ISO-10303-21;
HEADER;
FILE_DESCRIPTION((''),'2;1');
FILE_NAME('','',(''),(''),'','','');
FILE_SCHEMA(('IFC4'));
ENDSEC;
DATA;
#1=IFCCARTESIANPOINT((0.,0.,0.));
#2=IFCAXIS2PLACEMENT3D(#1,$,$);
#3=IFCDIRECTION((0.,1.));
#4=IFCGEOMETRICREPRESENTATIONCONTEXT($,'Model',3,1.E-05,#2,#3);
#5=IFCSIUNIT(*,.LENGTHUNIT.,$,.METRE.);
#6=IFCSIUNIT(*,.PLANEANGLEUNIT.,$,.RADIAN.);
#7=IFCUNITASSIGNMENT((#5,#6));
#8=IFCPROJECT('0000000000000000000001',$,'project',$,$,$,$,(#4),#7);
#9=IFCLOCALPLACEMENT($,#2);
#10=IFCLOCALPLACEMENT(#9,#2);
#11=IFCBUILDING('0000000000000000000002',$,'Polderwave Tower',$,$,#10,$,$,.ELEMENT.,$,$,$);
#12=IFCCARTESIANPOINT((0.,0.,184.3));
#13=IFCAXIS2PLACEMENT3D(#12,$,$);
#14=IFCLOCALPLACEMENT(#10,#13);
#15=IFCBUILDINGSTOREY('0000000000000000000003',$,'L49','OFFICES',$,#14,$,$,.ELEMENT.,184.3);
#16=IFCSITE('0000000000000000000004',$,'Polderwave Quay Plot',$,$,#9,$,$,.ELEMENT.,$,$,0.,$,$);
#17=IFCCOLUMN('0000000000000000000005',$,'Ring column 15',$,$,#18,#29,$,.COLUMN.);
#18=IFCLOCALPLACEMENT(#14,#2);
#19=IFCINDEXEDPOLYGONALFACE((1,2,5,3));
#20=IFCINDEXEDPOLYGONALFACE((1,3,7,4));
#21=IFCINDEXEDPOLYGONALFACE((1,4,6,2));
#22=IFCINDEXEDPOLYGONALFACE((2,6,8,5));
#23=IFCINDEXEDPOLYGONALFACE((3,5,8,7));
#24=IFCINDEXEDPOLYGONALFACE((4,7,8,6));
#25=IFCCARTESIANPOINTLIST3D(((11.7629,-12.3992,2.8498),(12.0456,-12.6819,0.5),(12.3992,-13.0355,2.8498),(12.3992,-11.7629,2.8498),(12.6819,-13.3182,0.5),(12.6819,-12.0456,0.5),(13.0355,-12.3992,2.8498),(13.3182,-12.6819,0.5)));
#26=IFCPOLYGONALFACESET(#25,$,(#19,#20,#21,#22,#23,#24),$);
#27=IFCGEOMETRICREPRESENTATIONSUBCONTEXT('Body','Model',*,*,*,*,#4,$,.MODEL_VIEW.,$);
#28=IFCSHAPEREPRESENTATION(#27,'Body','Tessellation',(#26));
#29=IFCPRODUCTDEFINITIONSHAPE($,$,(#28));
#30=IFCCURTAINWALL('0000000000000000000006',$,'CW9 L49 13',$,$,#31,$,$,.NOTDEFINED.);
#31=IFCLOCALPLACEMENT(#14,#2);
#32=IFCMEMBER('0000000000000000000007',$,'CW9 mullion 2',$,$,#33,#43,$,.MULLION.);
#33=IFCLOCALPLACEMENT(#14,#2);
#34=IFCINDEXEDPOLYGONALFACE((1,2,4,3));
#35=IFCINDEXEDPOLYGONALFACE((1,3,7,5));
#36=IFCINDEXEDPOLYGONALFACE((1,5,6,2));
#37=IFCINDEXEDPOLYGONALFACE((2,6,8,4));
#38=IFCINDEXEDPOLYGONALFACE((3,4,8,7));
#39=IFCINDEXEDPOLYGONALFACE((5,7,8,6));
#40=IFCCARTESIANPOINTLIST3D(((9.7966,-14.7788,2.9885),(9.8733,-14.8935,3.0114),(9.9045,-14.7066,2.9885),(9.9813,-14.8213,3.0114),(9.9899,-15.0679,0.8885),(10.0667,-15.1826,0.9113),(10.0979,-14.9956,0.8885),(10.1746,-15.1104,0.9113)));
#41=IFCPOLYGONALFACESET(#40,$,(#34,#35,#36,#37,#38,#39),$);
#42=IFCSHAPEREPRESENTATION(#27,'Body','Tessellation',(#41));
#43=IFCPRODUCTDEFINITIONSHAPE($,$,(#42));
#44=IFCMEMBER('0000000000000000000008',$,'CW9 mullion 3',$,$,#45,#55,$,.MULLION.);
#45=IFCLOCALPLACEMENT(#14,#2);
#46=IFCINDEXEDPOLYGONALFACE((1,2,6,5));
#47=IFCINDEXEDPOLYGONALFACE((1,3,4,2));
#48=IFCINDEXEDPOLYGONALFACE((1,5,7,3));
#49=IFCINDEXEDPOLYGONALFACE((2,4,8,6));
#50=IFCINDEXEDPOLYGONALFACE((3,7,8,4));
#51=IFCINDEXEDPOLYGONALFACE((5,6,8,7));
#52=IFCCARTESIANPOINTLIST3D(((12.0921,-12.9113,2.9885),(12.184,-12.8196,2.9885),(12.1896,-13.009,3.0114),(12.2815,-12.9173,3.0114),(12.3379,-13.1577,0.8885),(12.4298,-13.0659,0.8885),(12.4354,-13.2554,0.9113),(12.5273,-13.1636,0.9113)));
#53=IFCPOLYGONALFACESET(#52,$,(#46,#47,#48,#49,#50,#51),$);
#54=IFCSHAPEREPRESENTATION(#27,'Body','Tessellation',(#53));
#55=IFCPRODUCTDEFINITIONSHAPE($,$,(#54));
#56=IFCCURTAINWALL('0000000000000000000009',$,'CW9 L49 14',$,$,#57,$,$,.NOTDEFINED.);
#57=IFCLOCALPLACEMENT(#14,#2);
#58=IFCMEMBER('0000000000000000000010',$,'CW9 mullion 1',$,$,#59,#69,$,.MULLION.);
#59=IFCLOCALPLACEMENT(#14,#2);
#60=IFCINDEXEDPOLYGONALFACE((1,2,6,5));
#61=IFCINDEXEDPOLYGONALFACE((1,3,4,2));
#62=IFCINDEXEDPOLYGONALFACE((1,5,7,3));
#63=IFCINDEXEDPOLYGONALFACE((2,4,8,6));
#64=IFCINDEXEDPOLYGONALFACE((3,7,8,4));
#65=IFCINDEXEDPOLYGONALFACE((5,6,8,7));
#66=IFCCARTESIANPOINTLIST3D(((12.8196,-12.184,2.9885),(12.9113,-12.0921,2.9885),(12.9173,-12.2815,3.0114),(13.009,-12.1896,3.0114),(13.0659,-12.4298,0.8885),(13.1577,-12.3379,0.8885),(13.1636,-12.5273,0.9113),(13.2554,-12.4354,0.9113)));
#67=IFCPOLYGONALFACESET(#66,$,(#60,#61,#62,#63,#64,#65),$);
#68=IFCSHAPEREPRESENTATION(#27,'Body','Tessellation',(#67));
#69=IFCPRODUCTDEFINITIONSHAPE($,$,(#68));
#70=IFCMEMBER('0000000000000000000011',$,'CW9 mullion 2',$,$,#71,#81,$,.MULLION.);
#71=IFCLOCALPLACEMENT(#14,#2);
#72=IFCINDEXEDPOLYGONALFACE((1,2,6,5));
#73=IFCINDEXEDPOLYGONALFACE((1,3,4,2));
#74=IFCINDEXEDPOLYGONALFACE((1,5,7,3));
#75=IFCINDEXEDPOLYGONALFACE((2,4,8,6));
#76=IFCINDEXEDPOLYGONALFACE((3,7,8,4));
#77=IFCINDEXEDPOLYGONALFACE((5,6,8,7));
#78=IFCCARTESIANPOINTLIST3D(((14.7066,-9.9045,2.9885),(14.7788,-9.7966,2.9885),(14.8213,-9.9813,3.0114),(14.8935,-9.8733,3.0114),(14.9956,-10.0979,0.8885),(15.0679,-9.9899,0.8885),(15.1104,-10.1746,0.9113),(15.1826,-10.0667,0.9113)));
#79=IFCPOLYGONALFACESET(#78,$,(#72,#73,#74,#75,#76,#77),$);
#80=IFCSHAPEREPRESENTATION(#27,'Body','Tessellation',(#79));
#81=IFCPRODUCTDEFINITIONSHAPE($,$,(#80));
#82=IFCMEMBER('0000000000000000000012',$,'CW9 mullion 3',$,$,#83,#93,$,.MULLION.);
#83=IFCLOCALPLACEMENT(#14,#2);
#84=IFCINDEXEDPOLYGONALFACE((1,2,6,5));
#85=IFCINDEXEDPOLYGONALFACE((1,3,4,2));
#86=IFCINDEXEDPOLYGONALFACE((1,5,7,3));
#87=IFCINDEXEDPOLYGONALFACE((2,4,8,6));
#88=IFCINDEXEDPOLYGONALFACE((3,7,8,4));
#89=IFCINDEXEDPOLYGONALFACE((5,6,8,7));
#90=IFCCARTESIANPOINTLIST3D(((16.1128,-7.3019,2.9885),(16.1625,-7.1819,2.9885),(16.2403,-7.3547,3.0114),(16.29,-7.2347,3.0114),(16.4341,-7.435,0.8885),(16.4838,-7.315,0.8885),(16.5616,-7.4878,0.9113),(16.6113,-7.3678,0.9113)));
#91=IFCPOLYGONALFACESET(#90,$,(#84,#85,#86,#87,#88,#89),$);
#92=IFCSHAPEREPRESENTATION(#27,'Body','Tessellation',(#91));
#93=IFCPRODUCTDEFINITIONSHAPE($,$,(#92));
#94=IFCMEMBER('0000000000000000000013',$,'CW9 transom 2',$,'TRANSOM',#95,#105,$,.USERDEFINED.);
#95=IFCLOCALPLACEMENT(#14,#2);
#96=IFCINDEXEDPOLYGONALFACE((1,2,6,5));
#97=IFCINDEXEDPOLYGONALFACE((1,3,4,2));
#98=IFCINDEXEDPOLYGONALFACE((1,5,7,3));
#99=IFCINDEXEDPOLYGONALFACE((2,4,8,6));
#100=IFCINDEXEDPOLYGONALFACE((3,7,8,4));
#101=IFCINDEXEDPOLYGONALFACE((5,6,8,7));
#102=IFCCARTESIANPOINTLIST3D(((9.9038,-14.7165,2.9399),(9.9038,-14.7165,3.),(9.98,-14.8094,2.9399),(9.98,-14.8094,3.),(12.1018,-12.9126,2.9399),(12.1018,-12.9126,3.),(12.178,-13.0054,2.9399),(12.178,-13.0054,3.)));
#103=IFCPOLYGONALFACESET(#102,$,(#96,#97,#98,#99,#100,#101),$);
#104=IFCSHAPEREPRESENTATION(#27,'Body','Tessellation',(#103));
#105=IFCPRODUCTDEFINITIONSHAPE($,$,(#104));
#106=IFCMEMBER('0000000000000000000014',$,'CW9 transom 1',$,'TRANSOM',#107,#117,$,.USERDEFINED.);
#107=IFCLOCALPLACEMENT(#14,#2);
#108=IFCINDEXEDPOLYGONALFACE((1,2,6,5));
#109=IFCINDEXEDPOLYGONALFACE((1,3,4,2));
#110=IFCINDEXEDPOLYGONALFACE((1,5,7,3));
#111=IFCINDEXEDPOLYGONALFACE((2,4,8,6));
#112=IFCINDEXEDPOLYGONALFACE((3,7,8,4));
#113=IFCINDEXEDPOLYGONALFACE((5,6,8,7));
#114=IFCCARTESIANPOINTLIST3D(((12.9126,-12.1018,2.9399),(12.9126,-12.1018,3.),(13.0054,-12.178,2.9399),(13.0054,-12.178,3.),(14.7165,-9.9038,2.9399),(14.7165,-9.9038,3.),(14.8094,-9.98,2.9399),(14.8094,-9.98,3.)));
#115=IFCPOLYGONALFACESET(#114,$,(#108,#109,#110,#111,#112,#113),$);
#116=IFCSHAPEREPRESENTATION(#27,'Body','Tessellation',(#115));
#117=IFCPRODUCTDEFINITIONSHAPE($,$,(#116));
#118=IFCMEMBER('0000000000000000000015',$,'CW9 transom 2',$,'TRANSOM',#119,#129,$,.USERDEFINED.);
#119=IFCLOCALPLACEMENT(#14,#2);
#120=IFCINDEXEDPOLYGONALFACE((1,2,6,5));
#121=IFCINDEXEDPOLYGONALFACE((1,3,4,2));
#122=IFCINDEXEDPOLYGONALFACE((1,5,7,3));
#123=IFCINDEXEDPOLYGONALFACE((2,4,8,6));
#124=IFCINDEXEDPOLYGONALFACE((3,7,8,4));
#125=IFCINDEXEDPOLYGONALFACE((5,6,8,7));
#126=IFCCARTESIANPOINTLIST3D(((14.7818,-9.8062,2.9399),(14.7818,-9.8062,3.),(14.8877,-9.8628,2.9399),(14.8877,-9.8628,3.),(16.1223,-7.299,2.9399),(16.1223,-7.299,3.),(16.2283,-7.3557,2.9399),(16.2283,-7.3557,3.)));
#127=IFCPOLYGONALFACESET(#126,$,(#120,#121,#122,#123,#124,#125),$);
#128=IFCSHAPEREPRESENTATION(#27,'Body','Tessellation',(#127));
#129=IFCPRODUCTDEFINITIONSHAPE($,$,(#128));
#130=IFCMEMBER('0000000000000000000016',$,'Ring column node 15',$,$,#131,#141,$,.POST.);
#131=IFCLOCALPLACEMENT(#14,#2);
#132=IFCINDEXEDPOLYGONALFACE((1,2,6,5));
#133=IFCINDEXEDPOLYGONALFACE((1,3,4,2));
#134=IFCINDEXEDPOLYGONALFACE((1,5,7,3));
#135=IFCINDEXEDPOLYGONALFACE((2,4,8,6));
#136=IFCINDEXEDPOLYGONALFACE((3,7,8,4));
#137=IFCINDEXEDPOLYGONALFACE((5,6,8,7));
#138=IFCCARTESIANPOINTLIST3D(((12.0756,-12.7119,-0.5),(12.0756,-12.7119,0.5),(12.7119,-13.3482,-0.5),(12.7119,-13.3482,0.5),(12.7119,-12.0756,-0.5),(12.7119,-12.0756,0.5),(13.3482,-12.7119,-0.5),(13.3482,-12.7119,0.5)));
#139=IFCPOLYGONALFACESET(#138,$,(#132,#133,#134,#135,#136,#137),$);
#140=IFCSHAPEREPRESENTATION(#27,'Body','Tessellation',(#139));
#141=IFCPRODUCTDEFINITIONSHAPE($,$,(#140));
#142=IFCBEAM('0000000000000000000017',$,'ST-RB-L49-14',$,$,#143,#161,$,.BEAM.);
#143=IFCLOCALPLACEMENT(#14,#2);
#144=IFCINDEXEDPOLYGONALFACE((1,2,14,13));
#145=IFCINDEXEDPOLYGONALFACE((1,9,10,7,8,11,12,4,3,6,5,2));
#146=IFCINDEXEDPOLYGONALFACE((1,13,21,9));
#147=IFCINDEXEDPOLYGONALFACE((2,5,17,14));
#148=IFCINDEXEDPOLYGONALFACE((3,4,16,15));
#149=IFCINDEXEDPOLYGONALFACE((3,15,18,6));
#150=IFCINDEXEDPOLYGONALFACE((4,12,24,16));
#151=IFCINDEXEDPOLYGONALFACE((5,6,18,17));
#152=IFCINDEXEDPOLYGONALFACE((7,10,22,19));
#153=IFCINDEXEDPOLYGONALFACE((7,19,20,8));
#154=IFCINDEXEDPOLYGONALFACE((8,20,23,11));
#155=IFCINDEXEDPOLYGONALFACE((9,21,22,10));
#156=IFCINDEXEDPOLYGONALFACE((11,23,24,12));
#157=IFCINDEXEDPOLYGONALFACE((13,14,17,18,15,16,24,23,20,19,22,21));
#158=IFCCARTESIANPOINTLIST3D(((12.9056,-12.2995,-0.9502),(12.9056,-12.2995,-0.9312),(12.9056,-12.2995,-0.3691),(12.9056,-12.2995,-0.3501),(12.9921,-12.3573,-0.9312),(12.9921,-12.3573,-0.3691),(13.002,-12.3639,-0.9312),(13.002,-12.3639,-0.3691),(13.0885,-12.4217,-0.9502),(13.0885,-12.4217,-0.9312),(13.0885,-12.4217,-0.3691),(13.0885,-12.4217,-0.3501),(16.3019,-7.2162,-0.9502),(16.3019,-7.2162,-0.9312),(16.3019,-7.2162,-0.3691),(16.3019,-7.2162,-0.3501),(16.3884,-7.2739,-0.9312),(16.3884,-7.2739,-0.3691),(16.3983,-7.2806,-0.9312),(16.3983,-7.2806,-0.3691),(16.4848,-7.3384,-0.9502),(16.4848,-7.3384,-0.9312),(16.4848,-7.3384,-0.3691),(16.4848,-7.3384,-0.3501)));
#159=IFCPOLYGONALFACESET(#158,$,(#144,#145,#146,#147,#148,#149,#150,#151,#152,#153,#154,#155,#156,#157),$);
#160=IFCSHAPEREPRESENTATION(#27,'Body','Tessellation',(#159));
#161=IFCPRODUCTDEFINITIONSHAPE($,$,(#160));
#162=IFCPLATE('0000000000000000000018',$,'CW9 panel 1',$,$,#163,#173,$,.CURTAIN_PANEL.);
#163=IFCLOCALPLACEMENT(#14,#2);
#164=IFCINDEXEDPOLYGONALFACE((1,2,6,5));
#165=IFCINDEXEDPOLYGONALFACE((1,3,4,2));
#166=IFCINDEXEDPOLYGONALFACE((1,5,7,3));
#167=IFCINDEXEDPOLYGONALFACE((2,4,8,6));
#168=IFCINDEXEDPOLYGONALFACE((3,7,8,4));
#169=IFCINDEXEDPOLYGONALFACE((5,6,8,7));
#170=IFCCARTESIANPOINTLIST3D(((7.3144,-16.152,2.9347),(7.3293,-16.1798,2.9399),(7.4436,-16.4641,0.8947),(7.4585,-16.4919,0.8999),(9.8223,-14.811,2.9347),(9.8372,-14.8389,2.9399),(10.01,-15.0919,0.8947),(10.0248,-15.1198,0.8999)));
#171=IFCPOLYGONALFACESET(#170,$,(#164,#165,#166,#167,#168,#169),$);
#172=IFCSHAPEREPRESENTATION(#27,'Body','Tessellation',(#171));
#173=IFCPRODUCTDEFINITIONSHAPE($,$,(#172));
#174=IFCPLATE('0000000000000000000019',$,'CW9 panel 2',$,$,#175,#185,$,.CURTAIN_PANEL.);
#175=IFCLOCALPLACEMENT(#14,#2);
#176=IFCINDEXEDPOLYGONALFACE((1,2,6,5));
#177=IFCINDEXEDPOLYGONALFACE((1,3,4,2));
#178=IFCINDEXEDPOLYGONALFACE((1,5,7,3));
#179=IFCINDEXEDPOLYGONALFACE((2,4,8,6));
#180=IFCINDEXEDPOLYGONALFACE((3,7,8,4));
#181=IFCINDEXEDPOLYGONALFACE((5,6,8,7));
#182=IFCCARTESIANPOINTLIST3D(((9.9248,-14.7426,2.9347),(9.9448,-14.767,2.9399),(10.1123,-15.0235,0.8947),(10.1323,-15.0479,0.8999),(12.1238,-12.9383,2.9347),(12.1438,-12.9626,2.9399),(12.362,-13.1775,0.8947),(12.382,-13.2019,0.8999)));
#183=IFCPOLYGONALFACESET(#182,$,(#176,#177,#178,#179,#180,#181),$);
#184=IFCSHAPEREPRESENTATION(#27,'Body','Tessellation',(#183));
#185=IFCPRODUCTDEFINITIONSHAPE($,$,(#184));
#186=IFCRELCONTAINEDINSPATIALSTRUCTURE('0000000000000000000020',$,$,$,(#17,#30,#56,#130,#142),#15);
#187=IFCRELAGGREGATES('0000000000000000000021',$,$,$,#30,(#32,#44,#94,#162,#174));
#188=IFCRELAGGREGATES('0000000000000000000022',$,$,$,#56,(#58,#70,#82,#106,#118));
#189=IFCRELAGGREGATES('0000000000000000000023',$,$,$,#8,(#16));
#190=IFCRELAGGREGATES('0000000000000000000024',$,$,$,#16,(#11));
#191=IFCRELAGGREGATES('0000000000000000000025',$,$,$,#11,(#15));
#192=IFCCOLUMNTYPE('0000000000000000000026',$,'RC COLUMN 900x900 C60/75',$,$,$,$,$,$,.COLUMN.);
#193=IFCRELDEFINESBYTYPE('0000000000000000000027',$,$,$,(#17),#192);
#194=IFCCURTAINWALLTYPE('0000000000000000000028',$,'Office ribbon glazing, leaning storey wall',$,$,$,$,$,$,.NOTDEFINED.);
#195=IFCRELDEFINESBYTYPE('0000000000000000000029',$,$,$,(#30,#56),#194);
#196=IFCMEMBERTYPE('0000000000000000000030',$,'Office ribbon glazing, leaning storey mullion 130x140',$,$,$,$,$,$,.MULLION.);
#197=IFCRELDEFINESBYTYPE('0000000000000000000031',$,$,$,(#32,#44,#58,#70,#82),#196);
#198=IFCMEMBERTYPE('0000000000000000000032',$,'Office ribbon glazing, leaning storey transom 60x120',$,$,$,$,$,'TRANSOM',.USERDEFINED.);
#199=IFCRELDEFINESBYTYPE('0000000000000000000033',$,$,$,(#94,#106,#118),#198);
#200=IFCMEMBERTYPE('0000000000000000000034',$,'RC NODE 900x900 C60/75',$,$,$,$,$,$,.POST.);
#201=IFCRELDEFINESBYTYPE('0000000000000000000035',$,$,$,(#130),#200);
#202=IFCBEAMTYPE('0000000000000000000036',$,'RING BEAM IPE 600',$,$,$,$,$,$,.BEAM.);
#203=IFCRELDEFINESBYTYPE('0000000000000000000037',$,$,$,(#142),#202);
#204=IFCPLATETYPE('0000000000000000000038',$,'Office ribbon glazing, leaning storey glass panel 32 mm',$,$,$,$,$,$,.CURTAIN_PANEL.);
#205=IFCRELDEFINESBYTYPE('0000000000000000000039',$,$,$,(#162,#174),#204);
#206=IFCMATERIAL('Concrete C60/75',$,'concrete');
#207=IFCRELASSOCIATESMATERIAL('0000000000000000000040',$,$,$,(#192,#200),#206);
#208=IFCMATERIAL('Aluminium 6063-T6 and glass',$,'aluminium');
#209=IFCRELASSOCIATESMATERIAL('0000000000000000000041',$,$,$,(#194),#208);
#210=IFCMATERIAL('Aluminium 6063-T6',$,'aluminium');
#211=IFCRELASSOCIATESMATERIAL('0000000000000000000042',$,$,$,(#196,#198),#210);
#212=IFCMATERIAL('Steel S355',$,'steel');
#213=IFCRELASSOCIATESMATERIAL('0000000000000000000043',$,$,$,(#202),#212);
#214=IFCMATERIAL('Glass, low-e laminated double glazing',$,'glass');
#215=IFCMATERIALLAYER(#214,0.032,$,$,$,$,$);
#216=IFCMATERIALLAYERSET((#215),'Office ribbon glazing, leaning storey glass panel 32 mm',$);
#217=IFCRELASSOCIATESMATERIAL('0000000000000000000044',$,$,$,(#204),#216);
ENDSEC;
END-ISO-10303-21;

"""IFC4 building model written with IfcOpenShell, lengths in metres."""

from ifc_helpers import new_model, si_unit, direction, frame, origin, origin_2d, place, context, subcontext, project, spatial, polyline, rectangle, i_section, outline, extrude, material, layer, layer_set, material_profile, profile_set, type_object, element, aggregate, save


model = new_model("IFC4")

# Units and contexts
model_context = context("Model", 3, precision=1e-05, world=origin(), true_north=direction((0.0, 1.0)))
body_context = subcontext(model_context, "Body", "Model", "MODEL_VIEW")
ifc_project = project(units=[si_unit("LENGTHUNIT", "METRE"), si_unit("PLANEANGLEUNIT", "RADIAN")], contexts=[model_context])

# Site, building, storey
site_placement = place(None, origin())
site = spatial("IfcSite", under=ifc_project, at=site_placement, Name="Polderwave Quay Plot", CompositionType="ELEMENT", RefElevation=0.0)
building_placement = place(site_placement, origin())
building = spatial("IfcBuilding", under=site, at=building_placement, Name="Polderwave Tower", CompositionType="ELEMENT")
storey_placement = place(building_placement, frame((0.0, 0.0, 184.3)))
storey = spatial("IfcBuildingStorey", under=building, at=storey_placement, Name="L49", Description="OFFICES", CompositionType="ELEMENT", Elevation=184.3)

# Column
ifc_material_1 = material(Name="Concrete C60/75", Category="concrete")
ifc_material_profile_1 = material_profile(ifc_material_1, rectangle(XDim=0.8999, YDim=0.8999, at=origin_2d()), Name="RC 900x900")
ifc_profile_set_1 = profile_set([ifc_material_profile_1], Name="Concrete C60/75")
column_type = type_object("IfcColumnType", Name="RC COLUMN 900x900 C60/75", PredefinedType="COLUMN", material=ifc_profile_set_1)
column_placement = place(storey_placement, frame((12.6819, -12.6819, 0.5), z_axis=(0.0, 0.0, 1.0), x_axis=(-0.707107, -0.707107, 0.0)))
element("IfcColumn", 1, at=column_placement, inside=storey, type_object=column_type, Name="Ring column 15", PredefinedType="COLUMN", context=body_context, shape_type="SweptSolid", body=[
    extrude(rectangle(XDim=0.8999, YDim=0.8999, at=origin_2d()), origin(), (0.0, -0.167736, 0.985832), 2.3835),
])

# Curtain walls, members
ifc_material_2 = material(Name="Aluminium 6063-T6 and glass", Category="aluminium")
curtain_wall_type = type_object("IfcCurtainWallType", Name="Office ribbon glazing, leaning storey wall", PredefinedType="NOTDEFINED", material=ifc_material_2)
curtain_wall_1_placement = place(storey_placement, origin())
curtain_wall_1 = element("IfcCurtainWall", 2, at=curtain_wall_1_placement, inside=storey, type_object=curtain_wall_type, Name="CW9 L49 13", PredefinedType="NOTDEFINED")
ifc_material_3 = material(Name="Aluminium 6063-T6", Category="aluminium")
ifc_material_profile_2 = material_profile(ifc_material_3, rectangle(XDim=0.1299, YDim=0.1399, at=origin_2d()), Name="AL 130x140")
ifc_profile_set_2 = profile_set([ifc_material_profile_2], Name="Aluminium 6063-T6")
member_type_1 = type_object("IfcMemberType", Name="Office ribbon glazing, leaning storey mullion 130x140", PredefinedType="MULLION", material=ifc_profile_set_2)
member_1_placement = place(storey_placement, frame((10.0823, -15.0891, 0.8999), z_axis=(-0.090835, 0.135793, 0.986564), x_axis=(-0.831185, -0.555996, 0.0)))
member_1 = element("IfcMember", 3, at=member_1_placement, type_object=member_type_1, Name="CW9 mullion 2", PredefinedType="MULLION", context=body_context, shape_type="SweptSolid", body=[
    extrude(rectangle(XDim=0.1299, YDim=0.1399, at=origin_2d()), origin(), (0.0, 0.0, 1.0), 2.1287),
])
member_2_placement = place(storey_placement, frame((12.4326, -13.1606, 0.8999), z_axis=(-0.115491, 0.11572, 0.986545), x_axis=(-0.707808, -0.706405, 0.0)))
member_2 = element("IfcMember", 4, at=member_2_placement, type_object=member_type_1, Name="CW9 mullion 3", PredefinedType="MULLION", context=body_context, shape_type="SweptSolid", body=[
    extrude(rectangle(XDim=0.1299, YDim=0.1399, at=origin_2d()), origin(), (0.0, 0.0, 1.0), 2.1287),
])
curtain_wall_2_placement = place(storey_placement, origin())
curtain_wall_2 = element("IfcCurtainWall", 5, at=curtain_wall_2_placement, inside=storey, type_object=curtain_wall_type, Name="CW9 L49 14", PredefinedType="NOTDEFINED")
member_3_placement = place(storey_placement, frame((13.1606, -12.4326, 0.8999), z_axis=(-0.11572, 0.115491, 0.986545), x_axis=(-0.706405, -0.707808, 0.0)))
member_3 = element("IfcMember", 6, at=member_3_placement, type_object=member_type_1, Name="CW9 mullion 1", PredefinedType="MULLION", context=body_context, shape_type="SweptSolid", body=[
    extrude(rectangle(XDim=0.1299, YDim=0.1399, at=origin_2d()), origin(), (0.0, 0.0, 1.0), 2.1287),
])
member_4_placement = place(storey_placement, frame((15.0891, -10.0823, 0.8999), z_axis=(-0.135793, 0.090835, 0.986564), x_axis=(-0.555996, -0.831185, 0.0)))
member_4 = element("IfcMember", 7, at=member_4_placement, type_object=member_type_1, Name="CW9 mullion 2", PredefinedType="MULLION", context=body_context, shape_type="SweptSolid", body=[
    extrude(rectangle(XDim=0.1299, YDim=0.1399, at=origin_2d()), origin(), (0.0, 0.0, 1.0), 2.1287),
])
member_5_placement = place(storey_placement, frame((16.5227, -7.4014, 0.8999), z_axis=(-0.150932, 0.062506, 0.986566), x_axis=(-0.38262, -0.923906, 0.0)))
member_5 = element("IfcMember", 8, at=member_5_placement, type_object=member_type_1, Name="CW9 mullion 3", PredefinedType="MULLION", context=body_context, shape_type="SweptSolid", body=[
    extrude(rectangle(XDim=0.1299, YDim=0.1399, at=origin_2d()), origin(), (0.0, 0.0, 1.0), 2.1287),
])

# Members
ifc_material_profile_3 = material_profile(ifc_material_3, rectangle(XDim=0.1201, YDim=0.0601, at=origin_2d()), Name="AL 60x120")
ifc_profile_set_3 = profile_set([ifc_material_profile_3], Name="Aluminium 6063-T6")
member_type_2 = type_object("IfcMemberType", Name="Office ribbon glazing, leaning storey transom 60x120", ElementType="TRANSOM", PredefinedType="USERDEFINED", material=ifc_profile_set_3)
member_6_placement = place(storey_placement, frame((9.9419, -14.7629, 2.97), z_axis=(0.772992, 0.634415, 0.0), x_axis=(-0.634415, 0.772992, 0.0)))
member_6 = element("IfcMember", 9, at=member_6_placement, type_object=member_type_2, Name="CW9 transom 2", ObjectType="TRANSOM", PredefinedType="USERDEFINED", context=body_context, shape_type="SweptSolid", body=[
    extrude(rectangle(XDim=0.1201, YDim=0.0601, at=origin_2d()), origin(), (0.0, 0.0, 1.0), 2.8435),
])
member_7_placement = place(storey_placement, frame((12.959, -12.1399, 2.97), z_axis=(0.634415, 0.772992, 0.0), x_axis=(-0.772992, 0.634415, 0.0)))
member_7 = element("IfcMember", 10, at=member_7_placement, type_object=member_type_2, Name="CW9 transom 1", ObjectType="TRANSOM", PredefinedType="USERDEFINED", context=body_context, shape_type="SweptSolid", body=[
    extrude(rectangle(XDim=0.1201, YDim=0.0601, at=origin_2d()), origin(), (0.0, 0.0, 1.0), 2.8435),
])
member_8_placement = place(storey_placement, frame((14.8347, -9.8345, 2.97), z_axis=(0.471537, 0.881846, 0.0), x_axis=(-0.881846, 0.471537, 0.0)))
member_8 = element("IfcMember", 11, at=member_8_placement, type_object=member_type_2, Name="CW9 transom 2", ObjectType="TRANSOM", PredefinedType="USERDEFINED", context=body_context, shape_type="SweptSolid", body=[
    extrude(rectangle(XDim=0.1201, YDim=0.0601, at=origin_2d()), origin(), (0.0, 0.0, 1.0), 2.843),
])
ifc_material_profile_4 = material_profile(ifc_material_1, rectangle(XDim=0.8999, YDim=0.8999, at=origin_2d()), Name="RC 900x900")
ifc_profile_set_4 = profile_set([ifc_material_profile_4], Name="Concrete C60/75")
member_type_3 = type_object("IfcMemberType", Name="RC NODE 900x900 C60/75", PredefinedType="POST", material=ifc_profile_set_4)
member_9_placement = place(storey_placement, frame((12.7119, -12.7119, -0.5), z_axis=(0.0, 0.0, 1.0), x_axis=(0.707107, -0.707107, 0.0)))
element("IfcMember", 12, at=member_9_placement, inside=storey, type_object=member_type_3, Name="Ring column node 15", PredefinedType="POST", context=body_context, shape_type="SweptSolid", body=[
    extrude(rectangle(XDim=0.8999, YDim=0.8999, at=origin_2d()), origin(), (0.0, 0.0, 1.0), 1.0),
])

# Beam
ifc_material_4 = material(Name="Steel S355", Category="steel")
ifc_material_profile_5 = material_profile(ifc_material_4, i_section(OverallWidth=0.22, OverallDepth=0.6001, WebThickness=0.012, FlangeThickness=0.019, at=origin_2d()), Name="IPE 600")
ifc_profile_set_5 = profile_set([ifc_material_profile_5], Name="Steel S355")
beam_type = type_object("IfcBeamType", Name="RING BEAM IPE 600", PredefinedType="BEAM", material=ifc_profile_set_5)
beam_placement = place(storey_placement, frame((12.9971, -12.3606, -0.6501), z_axis=(0.555539, 0.831491, 0.0), x_axis=(-0.831491, 0.555539, 0.0)))
element("IfcBeam", 13, at=beam_placement, inside=storey, type_object=beam_type, Name="ST-RB-L49-14", PredefinedType="BEAM", context=body_context, shape_type="SweptSolid", body=[
    extrude(i_section(OverallWidth=0.22, OverallDepth=0.6001, WebThickness=0.012, FlangeThickness=0.019, at=origin_2d()), origin(), (0.0, 0.0, 1.0), 6.1135),
])

# Plates
ifc_material_5 = material(Name="Glass, low-e laminated double glazing", Category="glass")
ifc_layer_1 = layer(ifc_material_5, 0.032)
ifc_layer_set_1 = layer_set([ifc_layer_1], Name="Office ribbon glazing, leaning storey glass panel 32 mm")
plate_type = type_object("IfcPlateType", Name="Office ribbon glazing, leaning storey glass panel 32 mm", PredefinedType="CURTAIN_PANEL", material=ifc_layer_set_1)
plate_1_placement = place(storey_placement, frame((7.4585, -16.4919, 0.8999), z_axis=(0.465244, -0.87012, 0.162602), x_axis=(0.881856, 0.471518, -0.000008)))
plate_1 = element("IfcPlate", 14, at=plate_1_placement, type_object=plate_type, Name="CW9 panel 1", PredefinedType="CURTAIN_PANEL", context=body_context, shape_type="SweptSolid", body=[
    extrude(outline(polyline([(0.0, 0.0), (2.9102, 0.0), (2.8771, 2.0676), (0.0332, 2.0675), (0.0, 0.0)])), origin(), (0.0, 0.0, -1.0), 0.032),
])
plate_2_placement = place(storey_placement, frame((10.1323, -15.0479, 0.8999), z_axis=(0.625897, -0.762781, 0.162535), x_axis=(0.773061, 0.634332, -0.000004)))
plate_2 = element("IfcPlate", 15, at=plate_2_placement, type_object=plate_type, Name="CW9 panel 2", PredefinedType="CURTAIN_PANEL", context=body_context, shape_type="SweptSolid", body=[
    extrude(outline(polyline([(0.0, 0.0), (2.9101, 0.0), (2.8777, 2.0675), (0.0331, 2.0675), (0.0, 0.0)])), origin(), (0.0, 0.0, -1.0), 0.032),
])
aggregate(curtain_wall_1, [member_1, member_2, member_6, plate_1, plate_2])
aggregate(curtain_wall_2, [member_3, member_4, member_5, member_7, member_8])

save(model, "model.ifc")
